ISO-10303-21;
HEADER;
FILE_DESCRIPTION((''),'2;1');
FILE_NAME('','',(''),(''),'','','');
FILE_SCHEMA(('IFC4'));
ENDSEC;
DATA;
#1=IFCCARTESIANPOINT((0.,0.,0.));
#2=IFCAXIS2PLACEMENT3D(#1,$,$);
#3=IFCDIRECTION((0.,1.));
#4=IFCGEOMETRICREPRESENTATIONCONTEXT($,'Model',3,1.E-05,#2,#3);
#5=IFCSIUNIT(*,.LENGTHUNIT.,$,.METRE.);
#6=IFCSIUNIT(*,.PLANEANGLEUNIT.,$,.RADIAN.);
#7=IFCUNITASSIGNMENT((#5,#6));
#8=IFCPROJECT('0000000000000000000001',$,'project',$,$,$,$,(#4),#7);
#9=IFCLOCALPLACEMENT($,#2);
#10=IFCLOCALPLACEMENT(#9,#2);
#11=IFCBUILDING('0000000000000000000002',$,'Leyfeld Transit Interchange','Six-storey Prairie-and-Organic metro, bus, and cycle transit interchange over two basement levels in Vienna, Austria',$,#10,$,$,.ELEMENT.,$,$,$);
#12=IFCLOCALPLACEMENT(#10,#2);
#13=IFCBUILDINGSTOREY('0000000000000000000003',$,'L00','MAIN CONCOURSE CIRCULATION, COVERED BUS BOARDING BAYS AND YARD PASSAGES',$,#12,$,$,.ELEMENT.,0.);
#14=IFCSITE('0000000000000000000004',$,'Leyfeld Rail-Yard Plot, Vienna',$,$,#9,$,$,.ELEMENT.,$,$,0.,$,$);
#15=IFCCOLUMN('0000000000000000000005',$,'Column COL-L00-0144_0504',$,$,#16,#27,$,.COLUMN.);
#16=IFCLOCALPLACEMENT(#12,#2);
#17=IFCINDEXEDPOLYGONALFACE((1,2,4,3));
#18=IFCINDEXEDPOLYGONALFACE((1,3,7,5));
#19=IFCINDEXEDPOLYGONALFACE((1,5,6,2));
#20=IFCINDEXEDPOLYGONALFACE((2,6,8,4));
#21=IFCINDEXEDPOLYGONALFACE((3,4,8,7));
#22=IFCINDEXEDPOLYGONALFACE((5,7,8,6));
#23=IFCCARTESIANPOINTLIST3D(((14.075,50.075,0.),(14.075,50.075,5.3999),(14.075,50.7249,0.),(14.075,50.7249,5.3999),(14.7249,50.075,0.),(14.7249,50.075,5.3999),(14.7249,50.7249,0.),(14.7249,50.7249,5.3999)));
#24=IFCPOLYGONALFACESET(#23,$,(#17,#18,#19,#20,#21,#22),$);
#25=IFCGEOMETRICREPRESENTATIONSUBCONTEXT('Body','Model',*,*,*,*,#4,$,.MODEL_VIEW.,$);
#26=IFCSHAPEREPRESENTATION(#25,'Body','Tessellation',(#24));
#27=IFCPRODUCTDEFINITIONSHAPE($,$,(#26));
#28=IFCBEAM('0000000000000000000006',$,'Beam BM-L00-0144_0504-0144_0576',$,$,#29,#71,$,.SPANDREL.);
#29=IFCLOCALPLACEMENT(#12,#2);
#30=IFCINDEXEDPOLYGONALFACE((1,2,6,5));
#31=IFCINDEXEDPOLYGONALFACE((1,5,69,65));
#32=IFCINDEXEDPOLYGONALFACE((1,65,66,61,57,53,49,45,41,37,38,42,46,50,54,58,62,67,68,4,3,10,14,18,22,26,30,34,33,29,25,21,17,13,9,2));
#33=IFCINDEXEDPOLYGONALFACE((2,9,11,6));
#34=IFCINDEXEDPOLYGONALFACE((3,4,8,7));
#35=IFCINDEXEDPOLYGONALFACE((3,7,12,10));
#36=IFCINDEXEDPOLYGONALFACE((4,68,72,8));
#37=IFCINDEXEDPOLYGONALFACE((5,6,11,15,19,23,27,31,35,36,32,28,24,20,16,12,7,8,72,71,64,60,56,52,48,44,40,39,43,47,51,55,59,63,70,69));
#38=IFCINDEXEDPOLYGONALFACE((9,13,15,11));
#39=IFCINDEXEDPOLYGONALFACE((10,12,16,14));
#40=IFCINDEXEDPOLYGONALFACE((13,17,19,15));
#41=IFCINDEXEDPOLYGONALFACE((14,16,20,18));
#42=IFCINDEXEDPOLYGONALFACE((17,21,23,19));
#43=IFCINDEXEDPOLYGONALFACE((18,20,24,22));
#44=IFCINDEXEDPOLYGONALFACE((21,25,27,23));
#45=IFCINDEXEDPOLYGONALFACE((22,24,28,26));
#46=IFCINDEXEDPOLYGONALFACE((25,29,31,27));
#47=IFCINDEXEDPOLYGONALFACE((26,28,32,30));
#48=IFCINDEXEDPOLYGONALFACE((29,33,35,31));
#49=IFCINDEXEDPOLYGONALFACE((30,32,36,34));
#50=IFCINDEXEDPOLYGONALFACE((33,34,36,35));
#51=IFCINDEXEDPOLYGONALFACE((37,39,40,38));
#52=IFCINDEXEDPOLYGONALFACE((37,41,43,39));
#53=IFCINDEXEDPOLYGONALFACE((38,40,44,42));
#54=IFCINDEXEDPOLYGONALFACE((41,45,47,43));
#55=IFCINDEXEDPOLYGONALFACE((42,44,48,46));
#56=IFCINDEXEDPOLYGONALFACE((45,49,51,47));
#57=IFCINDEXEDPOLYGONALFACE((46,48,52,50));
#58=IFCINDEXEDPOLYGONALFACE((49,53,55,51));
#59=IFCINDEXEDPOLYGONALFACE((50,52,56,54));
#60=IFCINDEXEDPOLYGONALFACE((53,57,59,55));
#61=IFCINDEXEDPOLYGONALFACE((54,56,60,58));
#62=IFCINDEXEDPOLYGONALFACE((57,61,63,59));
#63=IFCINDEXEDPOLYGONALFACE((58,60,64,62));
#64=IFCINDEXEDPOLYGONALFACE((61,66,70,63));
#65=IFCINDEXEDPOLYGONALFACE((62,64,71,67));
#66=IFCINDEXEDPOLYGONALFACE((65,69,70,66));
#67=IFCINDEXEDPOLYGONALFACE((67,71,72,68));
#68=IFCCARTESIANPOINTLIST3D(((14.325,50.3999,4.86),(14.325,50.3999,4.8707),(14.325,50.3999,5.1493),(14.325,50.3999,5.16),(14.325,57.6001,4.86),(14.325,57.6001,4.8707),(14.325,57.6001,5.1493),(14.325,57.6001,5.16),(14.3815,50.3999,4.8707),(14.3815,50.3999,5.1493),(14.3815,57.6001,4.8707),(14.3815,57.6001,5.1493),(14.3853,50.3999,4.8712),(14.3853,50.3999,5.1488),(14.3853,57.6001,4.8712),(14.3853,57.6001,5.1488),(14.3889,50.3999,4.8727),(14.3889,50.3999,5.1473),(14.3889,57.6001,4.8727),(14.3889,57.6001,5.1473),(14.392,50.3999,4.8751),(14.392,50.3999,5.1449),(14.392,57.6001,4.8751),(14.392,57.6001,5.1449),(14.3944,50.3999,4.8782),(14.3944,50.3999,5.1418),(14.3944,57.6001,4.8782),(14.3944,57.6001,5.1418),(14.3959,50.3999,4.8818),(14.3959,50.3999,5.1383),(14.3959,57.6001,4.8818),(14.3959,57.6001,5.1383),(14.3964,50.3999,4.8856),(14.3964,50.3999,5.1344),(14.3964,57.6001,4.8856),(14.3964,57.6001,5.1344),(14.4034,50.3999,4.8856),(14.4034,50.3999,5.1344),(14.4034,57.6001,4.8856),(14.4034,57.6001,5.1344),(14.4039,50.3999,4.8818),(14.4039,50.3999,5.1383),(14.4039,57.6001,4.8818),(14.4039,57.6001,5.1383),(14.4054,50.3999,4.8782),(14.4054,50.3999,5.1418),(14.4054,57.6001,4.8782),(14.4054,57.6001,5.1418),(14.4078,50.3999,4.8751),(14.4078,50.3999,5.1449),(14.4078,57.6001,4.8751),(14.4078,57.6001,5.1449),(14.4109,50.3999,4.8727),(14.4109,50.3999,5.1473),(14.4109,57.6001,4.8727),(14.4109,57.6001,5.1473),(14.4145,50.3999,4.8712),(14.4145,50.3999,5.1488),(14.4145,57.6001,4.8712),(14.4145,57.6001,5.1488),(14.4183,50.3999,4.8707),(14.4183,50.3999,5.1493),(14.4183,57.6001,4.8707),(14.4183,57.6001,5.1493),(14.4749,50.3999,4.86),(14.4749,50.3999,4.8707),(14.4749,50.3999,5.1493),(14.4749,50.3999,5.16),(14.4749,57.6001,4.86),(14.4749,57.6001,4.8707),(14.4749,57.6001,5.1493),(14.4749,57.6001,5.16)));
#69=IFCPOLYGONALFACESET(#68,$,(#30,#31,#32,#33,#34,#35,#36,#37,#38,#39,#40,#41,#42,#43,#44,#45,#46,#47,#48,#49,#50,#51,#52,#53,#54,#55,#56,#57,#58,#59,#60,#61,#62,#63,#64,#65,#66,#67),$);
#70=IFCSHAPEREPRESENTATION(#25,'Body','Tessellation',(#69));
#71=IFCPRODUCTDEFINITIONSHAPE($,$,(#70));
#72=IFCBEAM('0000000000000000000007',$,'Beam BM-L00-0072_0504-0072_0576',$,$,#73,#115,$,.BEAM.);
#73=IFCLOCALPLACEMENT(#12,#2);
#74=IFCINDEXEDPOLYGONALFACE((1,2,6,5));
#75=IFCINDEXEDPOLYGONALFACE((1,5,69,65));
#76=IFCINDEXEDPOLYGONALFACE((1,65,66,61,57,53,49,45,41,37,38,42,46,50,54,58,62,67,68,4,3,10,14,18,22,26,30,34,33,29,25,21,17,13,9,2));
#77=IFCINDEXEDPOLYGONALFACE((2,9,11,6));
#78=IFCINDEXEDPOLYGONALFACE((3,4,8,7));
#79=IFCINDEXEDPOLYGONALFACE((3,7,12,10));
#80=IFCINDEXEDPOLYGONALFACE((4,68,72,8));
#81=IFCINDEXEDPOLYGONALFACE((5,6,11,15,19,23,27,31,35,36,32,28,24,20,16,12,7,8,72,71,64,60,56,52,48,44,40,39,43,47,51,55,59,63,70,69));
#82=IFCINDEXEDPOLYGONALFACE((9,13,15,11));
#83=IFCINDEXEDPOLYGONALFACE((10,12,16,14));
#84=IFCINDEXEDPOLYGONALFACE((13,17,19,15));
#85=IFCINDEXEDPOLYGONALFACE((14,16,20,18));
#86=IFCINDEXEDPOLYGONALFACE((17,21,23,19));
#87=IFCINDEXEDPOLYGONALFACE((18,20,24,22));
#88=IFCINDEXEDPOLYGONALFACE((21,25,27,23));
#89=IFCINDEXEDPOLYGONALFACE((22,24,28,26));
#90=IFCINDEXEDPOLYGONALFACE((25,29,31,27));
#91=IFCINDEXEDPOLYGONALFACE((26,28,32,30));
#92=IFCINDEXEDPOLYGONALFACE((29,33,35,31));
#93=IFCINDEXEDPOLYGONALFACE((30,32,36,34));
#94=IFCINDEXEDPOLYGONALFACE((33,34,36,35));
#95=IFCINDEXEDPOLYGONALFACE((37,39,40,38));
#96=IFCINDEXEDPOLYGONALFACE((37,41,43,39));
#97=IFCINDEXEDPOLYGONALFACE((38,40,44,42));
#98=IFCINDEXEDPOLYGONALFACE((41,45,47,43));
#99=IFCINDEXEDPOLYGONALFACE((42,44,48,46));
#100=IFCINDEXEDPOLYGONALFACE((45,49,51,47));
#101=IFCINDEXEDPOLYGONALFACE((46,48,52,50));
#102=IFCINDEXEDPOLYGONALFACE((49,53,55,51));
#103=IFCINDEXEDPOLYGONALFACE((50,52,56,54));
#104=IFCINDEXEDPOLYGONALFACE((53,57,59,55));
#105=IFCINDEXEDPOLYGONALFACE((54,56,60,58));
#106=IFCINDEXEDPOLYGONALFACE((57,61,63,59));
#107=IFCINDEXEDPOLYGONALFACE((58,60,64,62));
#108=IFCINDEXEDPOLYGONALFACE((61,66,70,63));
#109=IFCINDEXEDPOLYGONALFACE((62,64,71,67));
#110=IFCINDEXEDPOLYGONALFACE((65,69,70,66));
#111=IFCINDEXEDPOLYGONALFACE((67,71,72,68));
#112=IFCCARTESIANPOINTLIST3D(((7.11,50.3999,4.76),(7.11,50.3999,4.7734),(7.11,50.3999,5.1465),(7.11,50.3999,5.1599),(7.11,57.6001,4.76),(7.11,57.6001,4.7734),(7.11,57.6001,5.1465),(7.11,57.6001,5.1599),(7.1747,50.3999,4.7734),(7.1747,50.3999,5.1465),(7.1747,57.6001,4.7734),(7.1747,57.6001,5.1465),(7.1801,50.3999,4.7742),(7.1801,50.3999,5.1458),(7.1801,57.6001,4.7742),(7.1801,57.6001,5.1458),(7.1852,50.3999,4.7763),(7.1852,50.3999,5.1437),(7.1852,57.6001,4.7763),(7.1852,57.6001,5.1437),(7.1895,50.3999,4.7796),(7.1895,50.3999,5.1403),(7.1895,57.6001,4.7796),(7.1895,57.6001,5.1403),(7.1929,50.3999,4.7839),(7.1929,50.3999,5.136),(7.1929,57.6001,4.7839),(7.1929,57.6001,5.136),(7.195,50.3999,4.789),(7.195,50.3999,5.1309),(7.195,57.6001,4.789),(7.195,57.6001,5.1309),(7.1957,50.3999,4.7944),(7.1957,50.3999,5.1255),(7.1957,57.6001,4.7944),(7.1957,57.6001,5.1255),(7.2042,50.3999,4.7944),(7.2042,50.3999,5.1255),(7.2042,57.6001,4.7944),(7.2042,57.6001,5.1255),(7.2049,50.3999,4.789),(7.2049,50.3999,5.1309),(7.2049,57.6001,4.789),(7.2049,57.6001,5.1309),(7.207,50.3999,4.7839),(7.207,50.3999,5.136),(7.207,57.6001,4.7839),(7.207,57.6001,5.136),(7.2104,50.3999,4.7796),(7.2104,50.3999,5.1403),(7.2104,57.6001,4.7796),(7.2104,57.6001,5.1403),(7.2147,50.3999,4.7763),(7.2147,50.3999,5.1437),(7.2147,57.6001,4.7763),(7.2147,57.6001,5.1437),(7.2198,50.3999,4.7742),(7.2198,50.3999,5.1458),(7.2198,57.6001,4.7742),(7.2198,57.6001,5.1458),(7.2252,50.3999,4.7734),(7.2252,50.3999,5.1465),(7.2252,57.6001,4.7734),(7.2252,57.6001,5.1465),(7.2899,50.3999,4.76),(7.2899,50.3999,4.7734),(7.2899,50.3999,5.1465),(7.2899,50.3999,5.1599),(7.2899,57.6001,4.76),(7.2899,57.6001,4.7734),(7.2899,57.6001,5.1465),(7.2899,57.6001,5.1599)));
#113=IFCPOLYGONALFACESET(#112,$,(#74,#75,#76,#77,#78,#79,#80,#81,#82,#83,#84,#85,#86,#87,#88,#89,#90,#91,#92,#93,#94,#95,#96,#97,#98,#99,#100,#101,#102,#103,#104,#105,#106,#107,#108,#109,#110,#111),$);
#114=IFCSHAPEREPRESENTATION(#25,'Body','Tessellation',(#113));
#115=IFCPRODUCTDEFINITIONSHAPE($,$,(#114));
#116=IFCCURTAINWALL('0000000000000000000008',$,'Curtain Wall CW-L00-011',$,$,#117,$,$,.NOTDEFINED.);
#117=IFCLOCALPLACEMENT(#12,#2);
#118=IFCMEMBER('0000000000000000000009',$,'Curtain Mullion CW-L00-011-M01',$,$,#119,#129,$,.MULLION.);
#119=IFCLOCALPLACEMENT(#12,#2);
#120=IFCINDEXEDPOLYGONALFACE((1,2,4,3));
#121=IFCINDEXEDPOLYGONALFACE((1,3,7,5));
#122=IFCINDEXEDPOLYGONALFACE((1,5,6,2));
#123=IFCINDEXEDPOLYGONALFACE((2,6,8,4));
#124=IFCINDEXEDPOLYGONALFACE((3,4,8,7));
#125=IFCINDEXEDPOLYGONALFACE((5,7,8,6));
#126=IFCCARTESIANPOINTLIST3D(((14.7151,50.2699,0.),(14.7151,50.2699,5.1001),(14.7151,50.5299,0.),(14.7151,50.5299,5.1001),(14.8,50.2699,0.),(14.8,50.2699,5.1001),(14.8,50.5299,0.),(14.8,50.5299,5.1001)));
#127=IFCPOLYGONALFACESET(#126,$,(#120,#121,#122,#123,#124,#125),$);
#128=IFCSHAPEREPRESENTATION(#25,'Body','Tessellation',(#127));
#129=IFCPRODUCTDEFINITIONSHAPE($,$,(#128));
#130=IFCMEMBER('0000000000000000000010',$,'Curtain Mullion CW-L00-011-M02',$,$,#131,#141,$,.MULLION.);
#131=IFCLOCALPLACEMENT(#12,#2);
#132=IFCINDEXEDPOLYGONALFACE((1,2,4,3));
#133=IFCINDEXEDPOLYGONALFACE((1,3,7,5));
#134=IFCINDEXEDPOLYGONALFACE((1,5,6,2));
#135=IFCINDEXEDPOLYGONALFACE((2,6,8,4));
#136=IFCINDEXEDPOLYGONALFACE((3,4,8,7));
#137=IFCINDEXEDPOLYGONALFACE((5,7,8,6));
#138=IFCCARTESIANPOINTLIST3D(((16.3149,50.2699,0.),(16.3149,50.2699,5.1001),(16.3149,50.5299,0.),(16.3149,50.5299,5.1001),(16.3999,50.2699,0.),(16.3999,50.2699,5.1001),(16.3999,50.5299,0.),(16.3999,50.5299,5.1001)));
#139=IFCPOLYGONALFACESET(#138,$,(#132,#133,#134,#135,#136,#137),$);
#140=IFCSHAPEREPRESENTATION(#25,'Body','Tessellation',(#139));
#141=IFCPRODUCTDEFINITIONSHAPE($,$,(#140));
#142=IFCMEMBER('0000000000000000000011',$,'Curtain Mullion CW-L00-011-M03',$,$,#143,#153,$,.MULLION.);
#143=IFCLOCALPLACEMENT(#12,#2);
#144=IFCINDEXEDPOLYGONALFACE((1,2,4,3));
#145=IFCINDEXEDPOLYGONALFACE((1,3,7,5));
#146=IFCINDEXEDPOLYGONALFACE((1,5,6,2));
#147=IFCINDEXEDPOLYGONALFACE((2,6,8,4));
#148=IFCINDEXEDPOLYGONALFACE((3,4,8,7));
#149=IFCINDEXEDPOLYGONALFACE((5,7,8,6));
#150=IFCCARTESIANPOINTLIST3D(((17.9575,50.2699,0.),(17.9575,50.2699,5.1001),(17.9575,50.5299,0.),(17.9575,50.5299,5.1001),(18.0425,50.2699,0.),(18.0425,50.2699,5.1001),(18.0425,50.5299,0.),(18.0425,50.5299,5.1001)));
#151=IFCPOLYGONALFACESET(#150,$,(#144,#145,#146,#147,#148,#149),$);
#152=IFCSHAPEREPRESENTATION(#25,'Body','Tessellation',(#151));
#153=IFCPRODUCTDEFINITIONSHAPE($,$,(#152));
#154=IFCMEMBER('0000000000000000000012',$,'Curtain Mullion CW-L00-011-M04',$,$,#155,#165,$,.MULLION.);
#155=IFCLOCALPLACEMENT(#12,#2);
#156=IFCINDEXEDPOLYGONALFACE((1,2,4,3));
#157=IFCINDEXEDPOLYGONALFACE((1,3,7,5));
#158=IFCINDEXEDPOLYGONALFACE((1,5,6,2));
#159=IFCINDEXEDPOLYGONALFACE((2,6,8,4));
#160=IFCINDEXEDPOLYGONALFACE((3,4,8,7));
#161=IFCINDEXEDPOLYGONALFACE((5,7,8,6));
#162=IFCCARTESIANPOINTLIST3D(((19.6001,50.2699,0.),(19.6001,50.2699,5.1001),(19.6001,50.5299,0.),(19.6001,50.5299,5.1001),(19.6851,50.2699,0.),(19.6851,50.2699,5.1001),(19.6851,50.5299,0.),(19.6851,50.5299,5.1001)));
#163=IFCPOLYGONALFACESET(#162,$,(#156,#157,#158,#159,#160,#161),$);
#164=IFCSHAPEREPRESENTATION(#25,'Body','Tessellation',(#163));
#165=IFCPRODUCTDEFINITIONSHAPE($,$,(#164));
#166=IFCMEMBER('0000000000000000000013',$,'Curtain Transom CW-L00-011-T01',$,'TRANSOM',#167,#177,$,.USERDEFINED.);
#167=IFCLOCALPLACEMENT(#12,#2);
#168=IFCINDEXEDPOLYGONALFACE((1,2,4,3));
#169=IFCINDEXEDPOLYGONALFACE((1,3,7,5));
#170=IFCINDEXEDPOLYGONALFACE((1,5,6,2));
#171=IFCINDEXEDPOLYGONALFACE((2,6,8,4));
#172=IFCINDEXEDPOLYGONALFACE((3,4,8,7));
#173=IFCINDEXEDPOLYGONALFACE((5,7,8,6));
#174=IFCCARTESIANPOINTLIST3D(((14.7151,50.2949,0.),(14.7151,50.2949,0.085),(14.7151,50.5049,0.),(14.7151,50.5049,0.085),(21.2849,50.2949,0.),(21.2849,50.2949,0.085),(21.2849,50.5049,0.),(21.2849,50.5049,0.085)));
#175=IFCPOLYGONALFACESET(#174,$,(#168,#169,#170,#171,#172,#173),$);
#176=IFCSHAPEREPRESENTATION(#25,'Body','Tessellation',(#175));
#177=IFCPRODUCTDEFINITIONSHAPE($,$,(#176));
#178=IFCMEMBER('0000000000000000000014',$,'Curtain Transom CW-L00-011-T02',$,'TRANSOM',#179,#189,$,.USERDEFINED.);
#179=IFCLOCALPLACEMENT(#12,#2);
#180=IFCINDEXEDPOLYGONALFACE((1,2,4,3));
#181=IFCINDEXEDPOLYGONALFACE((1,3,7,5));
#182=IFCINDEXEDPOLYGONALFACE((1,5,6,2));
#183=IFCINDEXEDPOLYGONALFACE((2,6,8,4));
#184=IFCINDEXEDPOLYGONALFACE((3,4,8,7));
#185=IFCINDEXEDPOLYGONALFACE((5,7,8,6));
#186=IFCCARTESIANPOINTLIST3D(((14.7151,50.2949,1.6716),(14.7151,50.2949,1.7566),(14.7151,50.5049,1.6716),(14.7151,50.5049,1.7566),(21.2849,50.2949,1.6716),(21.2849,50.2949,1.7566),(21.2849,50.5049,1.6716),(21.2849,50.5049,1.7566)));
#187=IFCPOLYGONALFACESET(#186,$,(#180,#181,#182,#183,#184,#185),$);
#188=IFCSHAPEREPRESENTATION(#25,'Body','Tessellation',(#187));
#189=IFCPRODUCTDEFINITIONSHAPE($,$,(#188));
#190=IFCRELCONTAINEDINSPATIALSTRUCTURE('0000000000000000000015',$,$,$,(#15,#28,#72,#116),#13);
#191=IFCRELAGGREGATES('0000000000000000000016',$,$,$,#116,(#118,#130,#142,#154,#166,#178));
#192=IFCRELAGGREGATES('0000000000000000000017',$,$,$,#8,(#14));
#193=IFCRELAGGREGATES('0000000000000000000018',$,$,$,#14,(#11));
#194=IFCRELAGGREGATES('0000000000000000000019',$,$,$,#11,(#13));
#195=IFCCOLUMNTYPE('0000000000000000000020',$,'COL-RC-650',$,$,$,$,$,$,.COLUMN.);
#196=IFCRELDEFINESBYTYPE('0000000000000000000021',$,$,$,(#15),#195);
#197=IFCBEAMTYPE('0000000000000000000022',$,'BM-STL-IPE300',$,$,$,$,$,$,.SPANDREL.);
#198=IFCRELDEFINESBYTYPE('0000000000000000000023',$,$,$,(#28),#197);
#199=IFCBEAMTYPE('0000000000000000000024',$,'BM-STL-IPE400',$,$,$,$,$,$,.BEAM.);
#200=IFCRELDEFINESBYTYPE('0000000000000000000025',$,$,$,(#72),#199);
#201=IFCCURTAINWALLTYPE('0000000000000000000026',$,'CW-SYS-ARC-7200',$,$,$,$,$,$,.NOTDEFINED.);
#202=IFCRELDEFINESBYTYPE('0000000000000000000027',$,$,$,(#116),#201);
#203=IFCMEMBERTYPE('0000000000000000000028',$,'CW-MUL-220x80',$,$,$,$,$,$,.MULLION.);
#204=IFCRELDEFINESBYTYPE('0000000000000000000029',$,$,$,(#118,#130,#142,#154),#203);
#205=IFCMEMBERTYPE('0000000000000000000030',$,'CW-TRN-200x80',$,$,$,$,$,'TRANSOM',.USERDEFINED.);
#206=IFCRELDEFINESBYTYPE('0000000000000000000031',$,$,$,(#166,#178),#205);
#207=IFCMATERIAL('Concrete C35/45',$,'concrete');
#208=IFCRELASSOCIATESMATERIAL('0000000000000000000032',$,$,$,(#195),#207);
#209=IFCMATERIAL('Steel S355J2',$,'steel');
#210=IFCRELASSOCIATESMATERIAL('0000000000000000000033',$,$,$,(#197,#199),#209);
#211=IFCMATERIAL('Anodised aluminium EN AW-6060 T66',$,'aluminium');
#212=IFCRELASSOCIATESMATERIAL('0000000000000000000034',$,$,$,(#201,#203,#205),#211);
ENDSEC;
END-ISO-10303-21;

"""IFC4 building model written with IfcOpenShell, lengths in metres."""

from ifc_helpers import new_model, si_unit, direction, frame, origin, origin_2d, place, context, subcontext, project, spatial, rectangle, i_section, extrude, material, material_profile, profile_set, type_object, element, aggregate, save


model = new_model("IFC4")

# Units and contexts
model_context = context("Model", 3, precision=1e-05, world=origin(), true_north=direction((0.0, 1.0)))
body_context = subcontext(model_context, "Body", "Model", "MODEL_VIEW")
ifc_project = project(units=[si_unit("LENGTHUNIT", "METRE"), si_unit("PLANEANGLEUNIT", "RADIAN")], contexts=[model_context])

# Site, building, storey
site_placement = place(None, origin())
site = spatial("IfcSite", under=ifc_project, at=site_placement, Name="Leyfeld Rail-Yard Plot, Vienna", CompositionType="ELEMENT", RefElevation=0.0)
building_placement = place(site_placement, origin())
building = spatial("IfcBuilding", under=site, at=building_placement, Name="Leyfeld Transit Interchange", Description="Six-storey Prairie-and-Organic metro, bus, and cycle transit interchange over two basement levels in Vienna, Austria", CompositionType="ELEMENT")
storey_placement = place(building_placement, origin())
storey = spatial("IfcBuildingStorey", under=building, at=storey_placement, Name="L00", Description="MAIN CONCOURSE CIRCULATION, COVERED BUS BOARDING BAYS AND YARD PASSAGES", CompositionType="ELEMENT", Elevation=0.0)

# Column
ifc_material_1 = material(Name="Concrete C35/45", Category="concrete")
ifc_material_profile_1 = material_profile(ifc_material_1, rectangle(XDim=0.6499, YDim=0.6499, at=origin_2d()), Name="RC 650x650")
ifc_profile_set_1 = profile_set([ifc_material_profile_1], Name="Concrete C35/45")
column_type = type_object("IfcColumnType", Name="COL-RC-650", PredefinedType="COLUMN", material=ifc_profile_set_1)
column_placement = place(storey_placement, frame((14.3999, 50.3999, 0.0), z_axis=(0.0, 0.0, 1.0), x_axis=(1.0, 0.0, 0.0)))
element("IfcColumn", 1, at=column_placement, inside=storey, type_object=column_type, Name="Column COL-L00-0144_0504", PredefinedType="COLUMN", context=body_context, shape_type="SweptSolid", body=[
    extrude(rectangle(XDim=0.6499, YDim=0.6499, at=origin_2d()), origin(), (0.0, 0.0, 1.0), 5.3999),
])

# Beams
ifc_material_2 = material(Name="Steel S355J2", Category="steel")
ifc_material_profile_2 = material_profile(ifc_material_2, i_section(OverallWidth=0.1499, OverallDepth=0.3, WebThickness=0.0071, FlangeThickness=0.0107, FilletRadius=0.0149, at=origin_2d()), Name="IPE 300")
ifc_profile_set_2 = profile_set([ifc_material_profile_2], Name="Steel S355J2")
beam_type_1 = type_object("IfcBeamType", Name="BM-STL-IPE300", PredefinedType="SPANDREL", material=ifc_profile_set_2)
beam_1_placement = place(storey_placement, frame((14.3999, 50.3999, 5.01), z_axis=(0.0, 1.0, 0.0), x_axis=(-1.0, 0.0, 0.0)))
element("IfcBeam", 2, at=beam_1_placement, inside=storey, type_object=beam_type_1, Name="Beam BM-L00-0144_0504-0144_0576", PredefinedType="SPANDREL", context=body_context, shape_type="SweptSolid", body=[
    extrude(i_section(OverallWidth=0.1499, OverallDepth=0.3, WebThickness=0.0071, FlangeThickness=0.0107, FilletRadius=0.0149, at=origin_2d()), origin(), (0.0, 0.0, 1.0), 7.2002),
])
ifc_material_profile_3 = material_profile(ifc_material_2, i_section(OverallWidth=0.1799, OverallDepth=0.3999, WebThickness=0.0085, FlangeThickness=0.0134, FilletRadius=0.021, at=origin_2d()), Name="IPE 400")
ifc_profile_set_3 = profile_set([ifc_material_profile_3], Name="Steel S355J2")
beam_type_2 = type_object("IfcBeamType", Name="BM-STL-IPE400", PredefinedType="BEAM", material=ifc_profile_set_3)
beam_2_placement = place(storey_placement, frame((7.2, 50.3999, 4.96), z_axis=(0.0, 1.0, 0.0), x_axis=(-1.0, 0.0, 0.0)))
element("IfcBeam", 3, at=beam_2_placement, inside=storey, type_object=beam_type_2, Name="Beam BM-L00-0072_0504-0072_0576", PredefinedType="BEAM", context=body_context, shape_type="SweptSolid", body=[
    extrude(i_section(OverallWidth=0.1799, OverallDepth=0.3999, WebThickness=0.0085, FlangeThickness=0.0134, FilletRadius=0.021, at=origin_2d()), origin(), (0.0, 0.0, 1.0), 7.2002),
])

# Curtain wall, members
ifc_material_3 = material(Name="Anodised aluminium EN AW-6060 T66", Category="aluminium")
curtain_wall_type = type_object("IfcCurtainWallType", Name="CW-SYS-ARC-7200", PredefinedType="NOTDEFINED", material=ifc_material_3)
curtain_wall_placement = place(storey_placement, origin())
curtain_wall = element("IfcCurtainWall", 4, at=curtain_wall_placement, inside=storey, type_object=curtain_wall_type, Name="Curtain Wall CW-L00-011", PredefinedType="NOTDEFINED")
ifc_material_profile_4 = material_profile(ifc_material_3, rectangle(XDim=0.085, YDim=0.26, at=origin_2d()), Name="CW-M 85x260")
ifc_profile_set_4 = profile_set([ifc_material_profile_4], Name="Anodised aluminium EN AW-6060 T66")
member_type_1 = type_object("IfcMemberType", Name="CW-MUL-220x80", PredefinedType="MULLION", material=ifc_profile_set_4)
member_1_placement = place(storey_placement, frame((14.7576, 50.3999, 0.0), z_axis=(0.0, 0.0, 1.0), x_axis=(1.0, 0.0, 0.0)))
member_1 = element("IfcMember", 5, at=member_1_placement, type_object=member_type_1, Name="Curtain Mullion CW-L00-011-M01", PredefinedType="MULLION", context=body_context, shape_type="SweptSolid", body=[
    extrude(rectangle(XDim=0.085, YDim=0.26, at=origin_2d()), origin(), (0.0, 0.0, 1.0), 5.1001),
])
member_2_placement = place(storey_placement, frame((16.3574, 50.3999, 0.0), z_axis=(0.0, 0.0, 1.0), x_axis=(1.0, 0.0, 0.0)))
member_2 = element("IfcMember", 6, at=member_2_placement, type_object=member_type_1, Name="Curtain Mullion CW-L00-011-M02", PredefinedType="MULLION", context=body_context, shape_type="SweptSolid", body=[
    extrude(rectangle(XDim=0.085, YDim=0.26, at=origin_2d()), origin(), (0.0, 0.0, 1.0), 5.1001),
])
member_3_placement = place(storey_placement, frame((18.0, 50.3999, 0.0), z_axis=(0.0, 0.0, 1.0), x_axis=(1.0, 0.0, 0.0)))
member_3 = element("IfcMember", 7, at=member_3_placement, type_object=member_type_1, Name="Curtain Mullion CW-L00-011-M03", PredefinedType="MULLION", context=body_context, shape_type="SweptSolid", body=[
    extrude(rectangle(XDim=0.085, YDim=0.26, at=origin_2d()), origin(), (0.0, 0.0, 1.0), 5.1001),
])
member_4_placement = place(storey_placement, frame((19.6426, 50.3999, 0.0), z_axis=(0.0, 0.0, 1.0), x_axis=(1.0, 0.0, 0.0)))
member_4 = element("IfcMember", 8, at=member_4_placement, type_object=member_type_1, Name="Curtain Mullion CW-L00-011-M04", PredefinedType="MULLION", context=body_context, shape_type="SweptSolid", body=[
    extrude(rectangle(XDim=0.085, YDim=0.26, at=origin_2d()), origin(), (0.0, 0.0, 1.0), 5.1001),
])
ifc_material_profile_5 = material_profile(ifc_material_3, rectangle(XDim=0.21, YDim=0.085, at=origin_2d()), Name="CW-TRN-200x80")
ifc_profile_set_5 = profile_set([ifc_material_profile_5], Name="Anodised aluminium EN AW-6060 T66")
member_type_2 = type_object("IfcMemberType", Name="CW-TRN-200x80", ElementType="TRANSOM", PredefinedType="USERDEFINED", material=ifc_profile_set_5)
member_5_placement = place(storey_placement, frame((14.7151, 50.3999, 0.0425), z_axis=(1.0, 0.0, 0.0), x_axis=(0.0, 1.0, 0.0)))
member_5 = element("IfcMember", 9, at=member_5_placement, type_object=member_type_2, Name="Curtain Transom CW-L00-011-T01", ObjectType="TRANSOM", PredefinedType="USERDEFINED", context=body_context, shape_type="SweptSolid", body=[
    extrude(rectangle(XDim=0.21, YDim=0.085, at=origin_2d()), origin(), (0.0, 0.0, 1.0), 6.5698),
])
member_6_placement = place(storey_placement, frame((14.7151, 50.3999, 1.7141), z_axis=(1.0, 0.0, 0.0), x_axis=(0.0, 1.0, 0.0)))
member_6 = element("IfcMember", 10, at=member_6_placement, type_object=member_type_2, Name="Curtain Transom CW-L00-011-T02", ObjectType="TRANSOM", PredefinedType="USERDEFINED", context=body_context, shape_type="SweptSolid", body=[
    extrude(rectangle(XDim=0.21, YDim=0.085, at=origin_2d()), origin(), (0.0, 0.0, 1.0), 6.5698),
])
aggregate(curtain_wall, [member_1, member_2, member_3, member_4, member_5, member_6])

save(model, "model.ifc")
